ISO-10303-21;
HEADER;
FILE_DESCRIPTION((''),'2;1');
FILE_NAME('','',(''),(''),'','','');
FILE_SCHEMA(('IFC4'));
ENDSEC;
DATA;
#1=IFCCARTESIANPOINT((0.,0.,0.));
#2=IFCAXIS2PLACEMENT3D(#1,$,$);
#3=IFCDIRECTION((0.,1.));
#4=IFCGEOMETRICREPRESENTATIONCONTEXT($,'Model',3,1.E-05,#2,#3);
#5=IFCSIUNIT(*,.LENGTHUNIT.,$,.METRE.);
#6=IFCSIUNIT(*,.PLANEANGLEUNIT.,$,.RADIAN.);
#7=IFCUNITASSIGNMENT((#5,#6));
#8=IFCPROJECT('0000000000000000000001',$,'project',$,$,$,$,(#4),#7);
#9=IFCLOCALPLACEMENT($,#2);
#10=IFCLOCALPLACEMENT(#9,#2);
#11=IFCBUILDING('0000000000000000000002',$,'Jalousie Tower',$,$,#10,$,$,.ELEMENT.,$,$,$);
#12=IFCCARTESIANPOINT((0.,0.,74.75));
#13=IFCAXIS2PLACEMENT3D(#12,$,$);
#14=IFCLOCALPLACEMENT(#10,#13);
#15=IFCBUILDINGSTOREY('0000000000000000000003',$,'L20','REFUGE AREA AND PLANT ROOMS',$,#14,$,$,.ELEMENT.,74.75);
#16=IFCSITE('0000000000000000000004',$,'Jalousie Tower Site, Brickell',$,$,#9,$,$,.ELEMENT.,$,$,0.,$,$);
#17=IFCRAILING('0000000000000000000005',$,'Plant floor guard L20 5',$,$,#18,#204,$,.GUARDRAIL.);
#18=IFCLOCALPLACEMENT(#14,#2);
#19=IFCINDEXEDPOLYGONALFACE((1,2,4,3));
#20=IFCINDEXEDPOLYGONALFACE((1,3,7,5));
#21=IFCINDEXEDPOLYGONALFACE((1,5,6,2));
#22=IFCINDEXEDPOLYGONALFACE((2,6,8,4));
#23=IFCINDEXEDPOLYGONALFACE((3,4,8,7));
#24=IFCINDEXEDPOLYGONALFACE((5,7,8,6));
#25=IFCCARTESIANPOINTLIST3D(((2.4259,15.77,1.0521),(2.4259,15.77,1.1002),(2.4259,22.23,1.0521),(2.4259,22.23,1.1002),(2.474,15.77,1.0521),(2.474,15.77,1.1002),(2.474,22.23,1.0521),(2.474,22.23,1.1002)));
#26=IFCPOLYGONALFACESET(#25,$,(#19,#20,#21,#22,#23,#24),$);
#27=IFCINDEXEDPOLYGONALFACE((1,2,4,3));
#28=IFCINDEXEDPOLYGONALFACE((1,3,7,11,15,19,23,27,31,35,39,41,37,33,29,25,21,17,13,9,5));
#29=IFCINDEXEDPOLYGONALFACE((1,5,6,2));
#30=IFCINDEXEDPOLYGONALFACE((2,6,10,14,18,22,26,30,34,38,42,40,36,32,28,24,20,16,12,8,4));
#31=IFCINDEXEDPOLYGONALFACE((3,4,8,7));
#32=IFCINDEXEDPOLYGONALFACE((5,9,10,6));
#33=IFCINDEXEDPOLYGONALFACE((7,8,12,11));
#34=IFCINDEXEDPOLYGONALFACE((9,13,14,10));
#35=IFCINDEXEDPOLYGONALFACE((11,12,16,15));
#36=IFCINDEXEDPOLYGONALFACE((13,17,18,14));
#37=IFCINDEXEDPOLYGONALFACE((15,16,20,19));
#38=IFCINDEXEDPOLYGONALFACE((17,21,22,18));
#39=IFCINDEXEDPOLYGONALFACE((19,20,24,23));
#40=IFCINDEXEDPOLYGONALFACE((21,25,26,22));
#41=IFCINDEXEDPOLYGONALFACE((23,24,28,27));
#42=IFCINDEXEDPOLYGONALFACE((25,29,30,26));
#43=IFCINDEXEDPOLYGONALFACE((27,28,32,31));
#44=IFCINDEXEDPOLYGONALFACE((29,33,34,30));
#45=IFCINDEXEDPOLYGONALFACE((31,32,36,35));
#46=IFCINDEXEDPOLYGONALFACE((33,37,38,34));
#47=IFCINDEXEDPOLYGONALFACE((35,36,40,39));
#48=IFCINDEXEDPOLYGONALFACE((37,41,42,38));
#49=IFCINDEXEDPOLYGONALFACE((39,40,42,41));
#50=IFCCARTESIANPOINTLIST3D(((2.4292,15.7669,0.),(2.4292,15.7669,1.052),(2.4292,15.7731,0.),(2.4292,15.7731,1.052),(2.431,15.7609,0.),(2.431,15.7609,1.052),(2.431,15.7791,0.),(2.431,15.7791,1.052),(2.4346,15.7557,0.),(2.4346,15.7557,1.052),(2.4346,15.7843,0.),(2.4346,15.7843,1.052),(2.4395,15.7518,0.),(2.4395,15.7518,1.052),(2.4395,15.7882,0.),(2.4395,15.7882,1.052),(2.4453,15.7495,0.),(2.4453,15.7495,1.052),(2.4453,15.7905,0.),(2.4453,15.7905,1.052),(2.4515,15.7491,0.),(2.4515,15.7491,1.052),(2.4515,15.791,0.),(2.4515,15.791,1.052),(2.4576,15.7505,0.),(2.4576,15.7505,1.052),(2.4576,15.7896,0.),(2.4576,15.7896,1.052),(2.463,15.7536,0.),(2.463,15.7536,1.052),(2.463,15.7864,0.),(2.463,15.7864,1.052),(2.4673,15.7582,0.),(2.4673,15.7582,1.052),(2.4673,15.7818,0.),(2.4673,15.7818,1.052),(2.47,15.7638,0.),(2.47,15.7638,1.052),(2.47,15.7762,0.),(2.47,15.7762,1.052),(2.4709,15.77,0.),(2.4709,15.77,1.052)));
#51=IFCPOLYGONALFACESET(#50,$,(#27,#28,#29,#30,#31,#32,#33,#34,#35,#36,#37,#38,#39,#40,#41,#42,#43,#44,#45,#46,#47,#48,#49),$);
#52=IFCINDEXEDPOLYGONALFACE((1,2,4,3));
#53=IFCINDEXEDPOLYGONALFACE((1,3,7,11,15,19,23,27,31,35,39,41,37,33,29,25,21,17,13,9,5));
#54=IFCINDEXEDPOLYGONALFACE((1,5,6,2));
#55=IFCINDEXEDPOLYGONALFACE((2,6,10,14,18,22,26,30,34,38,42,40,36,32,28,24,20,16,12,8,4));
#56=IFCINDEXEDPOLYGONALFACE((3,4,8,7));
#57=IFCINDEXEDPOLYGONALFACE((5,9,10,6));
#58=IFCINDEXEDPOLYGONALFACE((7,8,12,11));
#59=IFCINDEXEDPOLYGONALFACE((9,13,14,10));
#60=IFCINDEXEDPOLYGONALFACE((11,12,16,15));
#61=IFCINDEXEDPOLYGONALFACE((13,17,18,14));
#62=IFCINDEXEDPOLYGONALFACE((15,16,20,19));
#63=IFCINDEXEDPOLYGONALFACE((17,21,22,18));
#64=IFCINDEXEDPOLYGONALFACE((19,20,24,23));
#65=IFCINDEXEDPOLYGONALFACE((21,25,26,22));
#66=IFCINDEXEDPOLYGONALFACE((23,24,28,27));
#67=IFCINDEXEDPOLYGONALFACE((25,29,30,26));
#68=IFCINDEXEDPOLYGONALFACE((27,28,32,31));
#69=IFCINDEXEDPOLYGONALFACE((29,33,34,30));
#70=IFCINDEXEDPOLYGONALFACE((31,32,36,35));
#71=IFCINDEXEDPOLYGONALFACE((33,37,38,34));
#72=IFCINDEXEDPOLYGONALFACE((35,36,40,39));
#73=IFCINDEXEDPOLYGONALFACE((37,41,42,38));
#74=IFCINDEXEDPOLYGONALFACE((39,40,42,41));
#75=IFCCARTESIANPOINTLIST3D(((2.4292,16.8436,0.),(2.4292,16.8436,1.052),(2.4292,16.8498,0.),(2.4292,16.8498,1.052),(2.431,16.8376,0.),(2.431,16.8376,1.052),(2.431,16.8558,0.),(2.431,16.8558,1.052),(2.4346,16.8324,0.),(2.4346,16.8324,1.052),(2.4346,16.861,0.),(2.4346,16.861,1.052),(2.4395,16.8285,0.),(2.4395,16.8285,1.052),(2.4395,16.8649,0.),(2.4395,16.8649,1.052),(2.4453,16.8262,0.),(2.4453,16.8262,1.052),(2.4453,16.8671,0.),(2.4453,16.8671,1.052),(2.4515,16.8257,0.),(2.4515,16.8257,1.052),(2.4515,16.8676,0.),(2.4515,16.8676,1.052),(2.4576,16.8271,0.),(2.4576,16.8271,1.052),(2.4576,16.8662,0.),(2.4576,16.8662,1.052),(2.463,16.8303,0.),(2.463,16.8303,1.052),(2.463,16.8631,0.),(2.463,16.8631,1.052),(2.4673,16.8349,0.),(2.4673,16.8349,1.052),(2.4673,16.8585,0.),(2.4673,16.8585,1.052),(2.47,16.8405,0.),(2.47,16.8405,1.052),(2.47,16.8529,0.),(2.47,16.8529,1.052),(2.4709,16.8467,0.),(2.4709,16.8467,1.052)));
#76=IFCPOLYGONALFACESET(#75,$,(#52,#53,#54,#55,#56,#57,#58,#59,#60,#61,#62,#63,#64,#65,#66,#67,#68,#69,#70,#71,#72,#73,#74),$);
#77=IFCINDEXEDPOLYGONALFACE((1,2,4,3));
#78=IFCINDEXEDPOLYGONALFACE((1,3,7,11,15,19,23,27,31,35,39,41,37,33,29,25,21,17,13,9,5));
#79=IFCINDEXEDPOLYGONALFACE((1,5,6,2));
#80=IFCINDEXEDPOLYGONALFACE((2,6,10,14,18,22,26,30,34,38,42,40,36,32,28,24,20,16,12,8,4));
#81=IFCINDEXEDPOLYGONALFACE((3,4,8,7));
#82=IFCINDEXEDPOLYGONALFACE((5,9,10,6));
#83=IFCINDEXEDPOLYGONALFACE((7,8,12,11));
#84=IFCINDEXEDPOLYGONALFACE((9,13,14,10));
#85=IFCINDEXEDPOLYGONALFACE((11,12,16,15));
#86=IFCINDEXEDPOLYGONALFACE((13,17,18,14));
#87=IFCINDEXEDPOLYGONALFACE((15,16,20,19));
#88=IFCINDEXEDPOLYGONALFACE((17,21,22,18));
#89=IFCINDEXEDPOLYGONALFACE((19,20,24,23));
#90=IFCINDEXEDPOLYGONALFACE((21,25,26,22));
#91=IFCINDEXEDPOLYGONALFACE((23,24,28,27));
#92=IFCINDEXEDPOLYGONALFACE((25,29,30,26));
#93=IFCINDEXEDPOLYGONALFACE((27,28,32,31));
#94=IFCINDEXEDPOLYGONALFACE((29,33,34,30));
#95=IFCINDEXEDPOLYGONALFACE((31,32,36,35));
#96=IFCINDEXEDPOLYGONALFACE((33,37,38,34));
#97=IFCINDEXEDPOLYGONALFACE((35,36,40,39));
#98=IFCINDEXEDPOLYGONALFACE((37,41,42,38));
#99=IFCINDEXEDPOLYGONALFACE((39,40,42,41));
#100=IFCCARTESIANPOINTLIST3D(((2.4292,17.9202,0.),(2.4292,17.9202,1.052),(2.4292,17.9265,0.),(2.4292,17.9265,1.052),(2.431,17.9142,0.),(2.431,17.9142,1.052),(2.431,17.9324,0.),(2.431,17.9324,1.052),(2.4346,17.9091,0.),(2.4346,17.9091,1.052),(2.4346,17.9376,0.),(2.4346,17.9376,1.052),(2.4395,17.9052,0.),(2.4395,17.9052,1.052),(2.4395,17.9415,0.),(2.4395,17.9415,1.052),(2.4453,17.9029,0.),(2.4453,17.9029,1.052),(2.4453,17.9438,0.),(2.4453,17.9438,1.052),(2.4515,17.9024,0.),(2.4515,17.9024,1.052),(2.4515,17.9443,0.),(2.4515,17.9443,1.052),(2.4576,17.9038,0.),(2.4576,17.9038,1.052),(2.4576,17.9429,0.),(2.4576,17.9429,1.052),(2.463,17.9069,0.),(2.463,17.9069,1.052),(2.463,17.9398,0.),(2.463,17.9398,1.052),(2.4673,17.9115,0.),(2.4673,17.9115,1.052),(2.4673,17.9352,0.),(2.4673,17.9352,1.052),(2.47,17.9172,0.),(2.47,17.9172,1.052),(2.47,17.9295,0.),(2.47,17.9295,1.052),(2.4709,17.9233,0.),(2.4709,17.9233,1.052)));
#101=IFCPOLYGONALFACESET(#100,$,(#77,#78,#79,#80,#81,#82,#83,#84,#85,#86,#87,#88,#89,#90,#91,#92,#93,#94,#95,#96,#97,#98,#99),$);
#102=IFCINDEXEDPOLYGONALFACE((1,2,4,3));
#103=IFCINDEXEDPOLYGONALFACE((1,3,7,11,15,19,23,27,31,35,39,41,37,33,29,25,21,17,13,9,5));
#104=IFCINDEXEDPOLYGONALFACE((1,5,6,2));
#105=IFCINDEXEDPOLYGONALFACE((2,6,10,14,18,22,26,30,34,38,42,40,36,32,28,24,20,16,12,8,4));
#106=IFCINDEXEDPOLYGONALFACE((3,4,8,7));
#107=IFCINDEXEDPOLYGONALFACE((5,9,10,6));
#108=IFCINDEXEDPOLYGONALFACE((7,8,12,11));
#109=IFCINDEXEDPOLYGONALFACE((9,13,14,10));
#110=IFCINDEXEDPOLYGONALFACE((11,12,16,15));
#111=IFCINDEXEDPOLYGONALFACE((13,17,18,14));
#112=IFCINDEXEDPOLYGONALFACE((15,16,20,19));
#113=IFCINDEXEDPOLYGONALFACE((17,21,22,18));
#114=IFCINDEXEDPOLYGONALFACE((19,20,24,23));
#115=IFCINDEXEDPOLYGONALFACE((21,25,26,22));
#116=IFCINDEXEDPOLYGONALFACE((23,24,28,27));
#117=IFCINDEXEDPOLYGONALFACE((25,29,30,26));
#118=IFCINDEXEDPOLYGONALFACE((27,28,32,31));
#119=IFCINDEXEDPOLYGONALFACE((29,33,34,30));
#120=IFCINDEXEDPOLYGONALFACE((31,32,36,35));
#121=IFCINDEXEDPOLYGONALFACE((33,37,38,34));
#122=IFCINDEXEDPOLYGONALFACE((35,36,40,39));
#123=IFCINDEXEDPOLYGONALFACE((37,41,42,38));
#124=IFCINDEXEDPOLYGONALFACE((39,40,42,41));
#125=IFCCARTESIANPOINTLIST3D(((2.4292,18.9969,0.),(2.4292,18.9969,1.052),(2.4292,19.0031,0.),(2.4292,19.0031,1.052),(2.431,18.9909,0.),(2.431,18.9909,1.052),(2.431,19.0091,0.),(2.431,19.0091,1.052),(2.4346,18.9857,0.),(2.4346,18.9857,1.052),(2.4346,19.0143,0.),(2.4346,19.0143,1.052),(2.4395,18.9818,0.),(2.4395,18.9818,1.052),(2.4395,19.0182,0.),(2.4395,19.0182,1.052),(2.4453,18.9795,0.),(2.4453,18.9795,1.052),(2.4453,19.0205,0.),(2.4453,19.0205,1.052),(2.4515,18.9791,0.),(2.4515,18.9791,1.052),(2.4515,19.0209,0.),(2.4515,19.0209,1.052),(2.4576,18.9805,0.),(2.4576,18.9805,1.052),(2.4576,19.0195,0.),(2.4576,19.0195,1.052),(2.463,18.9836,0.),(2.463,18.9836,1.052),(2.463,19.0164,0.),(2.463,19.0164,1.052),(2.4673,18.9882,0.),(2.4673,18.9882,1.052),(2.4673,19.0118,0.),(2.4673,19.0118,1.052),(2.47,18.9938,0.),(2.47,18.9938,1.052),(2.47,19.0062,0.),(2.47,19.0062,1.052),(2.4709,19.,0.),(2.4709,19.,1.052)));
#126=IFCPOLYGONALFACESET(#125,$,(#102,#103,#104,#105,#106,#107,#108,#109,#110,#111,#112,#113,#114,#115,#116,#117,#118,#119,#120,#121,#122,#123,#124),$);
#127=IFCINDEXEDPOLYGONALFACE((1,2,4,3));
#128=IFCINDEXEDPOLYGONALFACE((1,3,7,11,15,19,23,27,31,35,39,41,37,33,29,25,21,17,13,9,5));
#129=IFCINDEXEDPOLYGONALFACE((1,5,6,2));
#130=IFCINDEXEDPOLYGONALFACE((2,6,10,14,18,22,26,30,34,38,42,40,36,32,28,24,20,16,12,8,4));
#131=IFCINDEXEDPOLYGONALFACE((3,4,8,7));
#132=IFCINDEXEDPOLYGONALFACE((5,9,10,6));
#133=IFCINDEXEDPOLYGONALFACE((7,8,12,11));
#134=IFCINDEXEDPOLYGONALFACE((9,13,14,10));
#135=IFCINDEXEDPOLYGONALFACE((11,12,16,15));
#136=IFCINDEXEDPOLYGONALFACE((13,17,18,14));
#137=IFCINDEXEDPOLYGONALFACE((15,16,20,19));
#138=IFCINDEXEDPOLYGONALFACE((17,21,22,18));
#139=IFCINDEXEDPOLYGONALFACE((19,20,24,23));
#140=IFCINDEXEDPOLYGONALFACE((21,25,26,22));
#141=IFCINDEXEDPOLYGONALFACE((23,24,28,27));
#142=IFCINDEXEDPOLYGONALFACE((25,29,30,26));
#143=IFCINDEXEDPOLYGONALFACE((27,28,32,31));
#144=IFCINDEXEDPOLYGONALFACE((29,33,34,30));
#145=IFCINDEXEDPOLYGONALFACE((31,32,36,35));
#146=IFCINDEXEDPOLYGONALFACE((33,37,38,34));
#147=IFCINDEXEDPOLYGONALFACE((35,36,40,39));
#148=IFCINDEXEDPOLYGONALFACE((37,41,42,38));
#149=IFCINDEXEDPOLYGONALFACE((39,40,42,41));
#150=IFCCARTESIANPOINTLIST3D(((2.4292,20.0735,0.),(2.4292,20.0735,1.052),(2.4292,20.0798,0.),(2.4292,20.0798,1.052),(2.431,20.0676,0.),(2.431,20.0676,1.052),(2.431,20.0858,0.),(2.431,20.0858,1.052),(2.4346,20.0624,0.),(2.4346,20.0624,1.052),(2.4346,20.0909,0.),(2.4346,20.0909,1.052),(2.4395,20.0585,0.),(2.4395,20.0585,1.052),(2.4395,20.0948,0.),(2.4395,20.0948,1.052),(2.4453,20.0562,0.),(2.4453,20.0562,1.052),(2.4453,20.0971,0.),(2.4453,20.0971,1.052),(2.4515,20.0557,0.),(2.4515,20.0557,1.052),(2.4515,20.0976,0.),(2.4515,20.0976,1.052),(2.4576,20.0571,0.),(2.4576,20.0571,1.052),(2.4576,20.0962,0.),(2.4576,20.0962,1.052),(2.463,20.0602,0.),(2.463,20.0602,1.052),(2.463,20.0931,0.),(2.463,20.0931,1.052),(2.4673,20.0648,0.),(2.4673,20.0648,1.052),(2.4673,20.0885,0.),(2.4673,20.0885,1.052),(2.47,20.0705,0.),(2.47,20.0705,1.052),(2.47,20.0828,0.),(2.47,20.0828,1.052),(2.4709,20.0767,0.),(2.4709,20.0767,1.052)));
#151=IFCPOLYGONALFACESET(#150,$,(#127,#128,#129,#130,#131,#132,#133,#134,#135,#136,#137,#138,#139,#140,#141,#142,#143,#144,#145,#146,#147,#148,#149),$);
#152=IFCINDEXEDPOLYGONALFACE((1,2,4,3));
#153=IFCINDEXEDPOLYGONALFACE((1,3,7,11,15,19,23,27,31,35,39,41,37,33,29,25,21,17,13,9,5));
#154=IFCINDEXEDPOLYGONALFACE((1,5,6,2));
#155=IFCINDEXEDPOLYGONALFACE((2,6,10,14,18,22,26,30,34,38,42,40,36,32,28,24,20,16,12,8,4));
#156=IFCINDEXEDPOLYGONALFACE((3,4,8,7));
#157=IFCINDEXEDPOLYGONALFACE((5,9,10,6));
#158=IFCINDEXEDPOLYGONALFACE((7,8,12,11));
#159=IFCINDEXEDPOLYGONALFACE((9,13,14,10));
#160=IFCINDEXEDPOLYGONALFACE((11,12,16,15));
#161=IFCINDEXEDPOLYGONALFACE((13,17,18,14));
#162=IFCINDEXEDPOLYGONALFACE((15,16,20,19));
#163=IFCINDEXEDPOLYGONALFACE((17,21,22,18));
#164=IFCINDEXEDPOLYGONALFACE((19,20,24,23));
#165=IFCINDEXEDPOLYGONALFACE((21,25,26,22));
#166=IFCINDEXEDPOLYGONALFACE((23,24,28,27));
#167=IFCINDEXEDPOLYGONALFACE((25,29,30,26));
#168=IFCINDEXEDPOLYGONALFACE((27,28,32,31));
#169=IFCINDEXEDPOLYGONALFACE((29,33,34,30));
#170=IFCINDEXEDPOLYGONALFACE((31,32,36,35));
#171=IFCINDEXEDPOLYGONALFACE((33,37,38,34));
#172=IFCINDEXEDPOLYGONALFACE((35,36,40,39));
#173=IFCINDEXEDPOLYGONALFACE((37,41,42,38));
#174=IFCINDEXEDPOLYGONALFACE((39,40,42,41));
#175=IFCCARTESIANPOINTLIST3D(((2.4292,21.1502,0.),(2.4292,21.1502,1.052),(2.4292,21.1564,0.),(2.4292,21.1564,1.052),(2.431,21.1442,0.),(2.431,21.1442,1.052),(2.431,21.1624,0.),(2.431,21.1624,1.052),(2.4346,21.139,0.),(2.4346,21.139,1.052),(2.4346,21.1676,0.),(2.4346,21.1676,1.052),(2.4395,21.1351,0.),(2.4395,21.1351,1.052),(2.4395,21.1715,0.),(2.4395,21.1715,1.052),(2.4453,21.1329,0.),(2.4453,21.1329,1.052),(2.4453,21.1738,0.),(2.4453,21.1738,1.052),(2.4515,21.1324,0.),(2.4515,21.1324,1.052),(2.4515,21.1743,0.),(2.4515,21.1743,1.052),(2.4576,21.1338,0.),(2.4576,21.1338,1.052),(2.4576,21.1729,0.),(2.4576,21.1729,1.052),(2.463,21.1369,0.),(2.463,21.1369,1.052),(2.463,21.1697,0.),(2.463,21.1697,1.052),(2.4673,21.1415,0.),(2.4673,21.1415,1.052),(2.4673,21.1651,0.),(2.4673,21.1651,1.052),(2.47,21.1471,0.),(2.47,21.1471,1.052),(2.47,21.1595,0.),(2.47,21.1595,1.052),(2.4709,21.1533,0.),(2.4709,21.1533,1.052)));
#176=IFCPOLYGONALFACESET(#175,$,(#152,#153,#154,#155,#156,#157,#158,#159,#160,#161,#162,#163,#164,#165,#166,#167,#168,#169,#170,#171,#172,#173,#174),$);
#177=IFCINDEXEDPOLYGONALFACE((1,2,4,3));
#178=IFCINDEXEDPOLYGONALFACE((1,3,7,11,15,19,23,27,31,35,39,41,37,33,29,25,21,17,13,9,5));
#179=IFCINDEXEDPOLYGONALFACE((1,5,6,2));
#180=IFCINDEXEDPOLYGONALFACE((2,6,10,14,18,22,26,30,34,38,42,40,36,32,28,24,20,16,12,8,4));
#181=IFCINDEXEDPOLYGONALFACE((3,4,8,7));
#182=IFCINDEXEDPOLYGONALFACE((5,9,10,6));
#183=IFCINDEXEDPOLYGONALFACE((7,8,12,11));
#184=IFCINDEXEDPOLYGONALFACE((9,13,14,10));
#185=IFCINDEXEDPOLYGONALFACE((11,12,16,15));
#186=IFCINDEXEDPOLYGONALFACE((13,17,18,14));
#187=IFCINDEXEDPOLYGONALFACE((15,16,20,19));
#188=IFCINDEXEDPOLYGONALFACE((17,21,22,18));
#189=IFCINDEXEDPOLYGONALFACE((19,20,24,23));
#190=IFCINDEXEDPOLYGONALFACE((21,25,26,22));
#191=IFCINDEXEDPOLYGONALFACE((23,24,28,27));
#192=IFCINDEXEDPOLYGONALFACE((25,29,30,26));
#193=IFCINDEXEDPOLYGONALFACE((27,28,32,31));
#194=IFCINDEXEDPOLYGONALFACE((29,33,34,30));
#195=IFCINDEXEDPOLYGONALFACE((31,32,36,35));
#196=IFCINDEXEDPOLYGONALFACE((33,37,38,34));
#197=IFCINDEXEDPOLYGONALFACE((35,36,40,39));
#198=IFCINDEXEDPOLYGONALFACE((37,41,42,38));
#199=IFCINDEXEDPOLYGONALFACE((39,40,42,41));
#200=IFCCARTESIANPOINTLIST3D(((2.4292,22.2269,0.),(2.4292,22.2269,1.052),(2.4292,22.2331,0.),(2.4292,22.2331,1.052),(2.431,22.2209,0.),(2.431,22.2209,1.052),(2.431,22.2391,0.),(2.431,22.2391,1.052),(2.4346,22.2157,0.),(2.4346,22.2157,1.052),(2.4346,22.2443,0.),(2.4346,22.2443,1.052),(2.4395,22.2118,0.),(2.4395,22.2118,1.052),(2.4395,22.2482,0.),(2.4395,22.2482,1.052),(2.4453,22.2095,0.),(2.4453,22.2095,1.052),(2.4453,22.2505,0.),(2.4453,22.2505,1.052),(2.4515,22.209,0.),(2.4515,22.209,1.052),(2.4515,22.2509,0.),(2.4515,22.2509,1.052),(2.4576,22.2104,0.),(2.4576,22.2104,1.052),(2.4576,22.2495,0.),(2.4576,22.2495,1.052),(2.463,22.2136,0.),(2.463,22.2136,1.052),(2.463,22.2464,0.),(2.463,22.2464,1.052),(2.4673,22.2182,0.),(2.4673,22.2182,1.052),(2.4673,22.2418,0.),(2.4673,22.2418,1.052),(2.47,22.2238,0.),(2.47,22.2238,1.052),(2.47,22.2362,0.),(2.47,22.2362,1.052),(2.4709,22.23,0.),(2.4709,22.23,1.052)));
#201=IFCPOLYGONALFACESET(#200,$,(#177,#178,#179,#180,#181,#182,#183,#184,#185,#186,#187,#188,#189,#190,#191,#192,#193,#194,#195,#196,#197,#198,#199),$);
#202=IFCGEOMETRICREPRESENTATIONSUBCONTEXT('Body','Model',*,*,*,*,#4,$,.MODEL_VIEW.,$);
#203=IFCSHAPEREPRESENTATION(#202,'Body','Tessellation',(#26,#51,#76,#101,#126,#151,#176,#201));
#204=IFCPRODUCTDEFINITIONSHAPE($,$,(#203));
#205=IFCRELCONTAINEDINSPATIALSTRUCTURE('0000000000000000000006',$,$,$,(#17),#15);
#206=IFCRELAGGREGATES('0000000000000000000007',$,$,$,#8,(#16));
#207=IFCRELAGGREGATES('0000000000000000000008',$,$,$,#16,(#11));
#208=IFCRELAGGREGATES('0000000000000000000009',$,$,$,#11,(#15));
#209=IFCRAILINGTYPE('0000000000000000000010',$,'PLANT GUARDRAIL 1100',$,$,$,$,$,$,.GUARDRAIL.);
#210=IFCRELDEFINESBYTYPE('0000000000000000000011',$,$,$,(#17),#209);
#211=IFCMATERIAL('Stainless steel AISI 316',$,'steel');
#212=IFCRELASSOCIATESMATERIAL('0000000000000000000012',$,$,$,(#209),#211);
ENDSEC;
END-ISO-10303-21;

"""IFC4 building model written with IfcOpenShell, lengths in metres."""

from ifc_helpers import new_model, si_unit, direction, frame, origin, origin_2d, place, context, subcontext, project, spatial, rectangle, circle, extrude, material, type_object, element, save


model = new_model("IFC4")

# Units and contexts
model_context = context("Model", 3, precision=1e-05, world=origin(), true_north=direction((0.0, 1.0)))
body_context = subcontext(model_context, "Body", "Model", "MODEL_VIEW")
ifc_project = project(units=[si_unit("LENGTHUNIT", "METRE"), si_unit("PLANEANGLEUNIT", "RADIAN")], contexts=[model_context])

# Site, building, storey
site_placement = place(None, origin())
site = spatial("IfcSite", under=ifc_project, at=site_placement, Name="Jalousie Tower Site, Brickell", CompositionType="ELEMENT", RefElevation=0.0)
building_placement = place(site_placement, origin())
building = spatial("IfcBuilding", under=site, at=building_placement, Name="Jalousie Tower", CompositionType="ELEMENT")
storey_placement = place(building_placement, frame((0.0, 0.0, 74.75)))
storey = spatial("IfcBuildingStorey", under=building, at=storey_placement, Name="L20", Description="REFUGE AREA AND PLANT ROOMS", CompositionType="ELEMENT", Elevation=74.75)

# Railing
ifc_material_1 = material(Name="Stainless steel AISI 316", Category="steel")
railing_type_1 = type_object("IfcRailingType", Name="PLANT GUARDRAIL 1100", PredefinedType="GUARDRAIL", material=ifc_material_1)
railing_1_placement = place(storey_placement, frame((2.45, 15.77, 0.0)))
element("IfcRailing", 1, at=railing_1_placement, inside=storey, type_object=railing_type_1, Name="Plant floor guard L20 5", PredefinedType="GUARDRAIL", context=body_context, shape_type="SweptSolid", body=[
    extrude(rectangle(XDim=0.0481, YDim=0.0481, at=origin_2d()), frame((0.0, 0.0, 1.0762), z_axis=(0.0, 1.0, 0.0), x_axis=(-1.0, 0.0, 0.0)), (0.0, 0.0, 1.0), 6.46),
    extrude(circle(Radius=0.021, at=origin_2d()), origin(), (0.0, 0.0, 1.0), 1.052),
    extrude(circle(Radius=0.021, at=origin_2d()), frame((0.0, 1.0767, 0.0)), (0.0, 0.0, 1.0), 1.052),
    extrude(circle(Radius=0.021, at=origin_2d()), frame((0.0, 2.1533, 0.0)), (0.0, 0.0, 1.0), 1.052),
    extrude(circle(Radius=0.021, at=origin_2d()), frame((0.0, 3.23, 0.0)), (0.0, 0.0, 1.0), 1.052),
    extrude(circle(Radius=0.021, at=origin_2d()), frame((0.0, 4.3066, 0.0)), (0.0, 0.0, 1.0), 1.052),
    extrude(circle(Radius=0.021, at=origin_2d()), frame((0.0, 5.3833, 0.0)), (0.0, 0.0, 1.0), 1.052),
    extrude(circle(Radius=0.021, at=origin_2d()), frame((0.0, 6.46, 0.0)), (0.0, 0.0, 1.0), 1.052),
])

save(model, "model.ifc")
